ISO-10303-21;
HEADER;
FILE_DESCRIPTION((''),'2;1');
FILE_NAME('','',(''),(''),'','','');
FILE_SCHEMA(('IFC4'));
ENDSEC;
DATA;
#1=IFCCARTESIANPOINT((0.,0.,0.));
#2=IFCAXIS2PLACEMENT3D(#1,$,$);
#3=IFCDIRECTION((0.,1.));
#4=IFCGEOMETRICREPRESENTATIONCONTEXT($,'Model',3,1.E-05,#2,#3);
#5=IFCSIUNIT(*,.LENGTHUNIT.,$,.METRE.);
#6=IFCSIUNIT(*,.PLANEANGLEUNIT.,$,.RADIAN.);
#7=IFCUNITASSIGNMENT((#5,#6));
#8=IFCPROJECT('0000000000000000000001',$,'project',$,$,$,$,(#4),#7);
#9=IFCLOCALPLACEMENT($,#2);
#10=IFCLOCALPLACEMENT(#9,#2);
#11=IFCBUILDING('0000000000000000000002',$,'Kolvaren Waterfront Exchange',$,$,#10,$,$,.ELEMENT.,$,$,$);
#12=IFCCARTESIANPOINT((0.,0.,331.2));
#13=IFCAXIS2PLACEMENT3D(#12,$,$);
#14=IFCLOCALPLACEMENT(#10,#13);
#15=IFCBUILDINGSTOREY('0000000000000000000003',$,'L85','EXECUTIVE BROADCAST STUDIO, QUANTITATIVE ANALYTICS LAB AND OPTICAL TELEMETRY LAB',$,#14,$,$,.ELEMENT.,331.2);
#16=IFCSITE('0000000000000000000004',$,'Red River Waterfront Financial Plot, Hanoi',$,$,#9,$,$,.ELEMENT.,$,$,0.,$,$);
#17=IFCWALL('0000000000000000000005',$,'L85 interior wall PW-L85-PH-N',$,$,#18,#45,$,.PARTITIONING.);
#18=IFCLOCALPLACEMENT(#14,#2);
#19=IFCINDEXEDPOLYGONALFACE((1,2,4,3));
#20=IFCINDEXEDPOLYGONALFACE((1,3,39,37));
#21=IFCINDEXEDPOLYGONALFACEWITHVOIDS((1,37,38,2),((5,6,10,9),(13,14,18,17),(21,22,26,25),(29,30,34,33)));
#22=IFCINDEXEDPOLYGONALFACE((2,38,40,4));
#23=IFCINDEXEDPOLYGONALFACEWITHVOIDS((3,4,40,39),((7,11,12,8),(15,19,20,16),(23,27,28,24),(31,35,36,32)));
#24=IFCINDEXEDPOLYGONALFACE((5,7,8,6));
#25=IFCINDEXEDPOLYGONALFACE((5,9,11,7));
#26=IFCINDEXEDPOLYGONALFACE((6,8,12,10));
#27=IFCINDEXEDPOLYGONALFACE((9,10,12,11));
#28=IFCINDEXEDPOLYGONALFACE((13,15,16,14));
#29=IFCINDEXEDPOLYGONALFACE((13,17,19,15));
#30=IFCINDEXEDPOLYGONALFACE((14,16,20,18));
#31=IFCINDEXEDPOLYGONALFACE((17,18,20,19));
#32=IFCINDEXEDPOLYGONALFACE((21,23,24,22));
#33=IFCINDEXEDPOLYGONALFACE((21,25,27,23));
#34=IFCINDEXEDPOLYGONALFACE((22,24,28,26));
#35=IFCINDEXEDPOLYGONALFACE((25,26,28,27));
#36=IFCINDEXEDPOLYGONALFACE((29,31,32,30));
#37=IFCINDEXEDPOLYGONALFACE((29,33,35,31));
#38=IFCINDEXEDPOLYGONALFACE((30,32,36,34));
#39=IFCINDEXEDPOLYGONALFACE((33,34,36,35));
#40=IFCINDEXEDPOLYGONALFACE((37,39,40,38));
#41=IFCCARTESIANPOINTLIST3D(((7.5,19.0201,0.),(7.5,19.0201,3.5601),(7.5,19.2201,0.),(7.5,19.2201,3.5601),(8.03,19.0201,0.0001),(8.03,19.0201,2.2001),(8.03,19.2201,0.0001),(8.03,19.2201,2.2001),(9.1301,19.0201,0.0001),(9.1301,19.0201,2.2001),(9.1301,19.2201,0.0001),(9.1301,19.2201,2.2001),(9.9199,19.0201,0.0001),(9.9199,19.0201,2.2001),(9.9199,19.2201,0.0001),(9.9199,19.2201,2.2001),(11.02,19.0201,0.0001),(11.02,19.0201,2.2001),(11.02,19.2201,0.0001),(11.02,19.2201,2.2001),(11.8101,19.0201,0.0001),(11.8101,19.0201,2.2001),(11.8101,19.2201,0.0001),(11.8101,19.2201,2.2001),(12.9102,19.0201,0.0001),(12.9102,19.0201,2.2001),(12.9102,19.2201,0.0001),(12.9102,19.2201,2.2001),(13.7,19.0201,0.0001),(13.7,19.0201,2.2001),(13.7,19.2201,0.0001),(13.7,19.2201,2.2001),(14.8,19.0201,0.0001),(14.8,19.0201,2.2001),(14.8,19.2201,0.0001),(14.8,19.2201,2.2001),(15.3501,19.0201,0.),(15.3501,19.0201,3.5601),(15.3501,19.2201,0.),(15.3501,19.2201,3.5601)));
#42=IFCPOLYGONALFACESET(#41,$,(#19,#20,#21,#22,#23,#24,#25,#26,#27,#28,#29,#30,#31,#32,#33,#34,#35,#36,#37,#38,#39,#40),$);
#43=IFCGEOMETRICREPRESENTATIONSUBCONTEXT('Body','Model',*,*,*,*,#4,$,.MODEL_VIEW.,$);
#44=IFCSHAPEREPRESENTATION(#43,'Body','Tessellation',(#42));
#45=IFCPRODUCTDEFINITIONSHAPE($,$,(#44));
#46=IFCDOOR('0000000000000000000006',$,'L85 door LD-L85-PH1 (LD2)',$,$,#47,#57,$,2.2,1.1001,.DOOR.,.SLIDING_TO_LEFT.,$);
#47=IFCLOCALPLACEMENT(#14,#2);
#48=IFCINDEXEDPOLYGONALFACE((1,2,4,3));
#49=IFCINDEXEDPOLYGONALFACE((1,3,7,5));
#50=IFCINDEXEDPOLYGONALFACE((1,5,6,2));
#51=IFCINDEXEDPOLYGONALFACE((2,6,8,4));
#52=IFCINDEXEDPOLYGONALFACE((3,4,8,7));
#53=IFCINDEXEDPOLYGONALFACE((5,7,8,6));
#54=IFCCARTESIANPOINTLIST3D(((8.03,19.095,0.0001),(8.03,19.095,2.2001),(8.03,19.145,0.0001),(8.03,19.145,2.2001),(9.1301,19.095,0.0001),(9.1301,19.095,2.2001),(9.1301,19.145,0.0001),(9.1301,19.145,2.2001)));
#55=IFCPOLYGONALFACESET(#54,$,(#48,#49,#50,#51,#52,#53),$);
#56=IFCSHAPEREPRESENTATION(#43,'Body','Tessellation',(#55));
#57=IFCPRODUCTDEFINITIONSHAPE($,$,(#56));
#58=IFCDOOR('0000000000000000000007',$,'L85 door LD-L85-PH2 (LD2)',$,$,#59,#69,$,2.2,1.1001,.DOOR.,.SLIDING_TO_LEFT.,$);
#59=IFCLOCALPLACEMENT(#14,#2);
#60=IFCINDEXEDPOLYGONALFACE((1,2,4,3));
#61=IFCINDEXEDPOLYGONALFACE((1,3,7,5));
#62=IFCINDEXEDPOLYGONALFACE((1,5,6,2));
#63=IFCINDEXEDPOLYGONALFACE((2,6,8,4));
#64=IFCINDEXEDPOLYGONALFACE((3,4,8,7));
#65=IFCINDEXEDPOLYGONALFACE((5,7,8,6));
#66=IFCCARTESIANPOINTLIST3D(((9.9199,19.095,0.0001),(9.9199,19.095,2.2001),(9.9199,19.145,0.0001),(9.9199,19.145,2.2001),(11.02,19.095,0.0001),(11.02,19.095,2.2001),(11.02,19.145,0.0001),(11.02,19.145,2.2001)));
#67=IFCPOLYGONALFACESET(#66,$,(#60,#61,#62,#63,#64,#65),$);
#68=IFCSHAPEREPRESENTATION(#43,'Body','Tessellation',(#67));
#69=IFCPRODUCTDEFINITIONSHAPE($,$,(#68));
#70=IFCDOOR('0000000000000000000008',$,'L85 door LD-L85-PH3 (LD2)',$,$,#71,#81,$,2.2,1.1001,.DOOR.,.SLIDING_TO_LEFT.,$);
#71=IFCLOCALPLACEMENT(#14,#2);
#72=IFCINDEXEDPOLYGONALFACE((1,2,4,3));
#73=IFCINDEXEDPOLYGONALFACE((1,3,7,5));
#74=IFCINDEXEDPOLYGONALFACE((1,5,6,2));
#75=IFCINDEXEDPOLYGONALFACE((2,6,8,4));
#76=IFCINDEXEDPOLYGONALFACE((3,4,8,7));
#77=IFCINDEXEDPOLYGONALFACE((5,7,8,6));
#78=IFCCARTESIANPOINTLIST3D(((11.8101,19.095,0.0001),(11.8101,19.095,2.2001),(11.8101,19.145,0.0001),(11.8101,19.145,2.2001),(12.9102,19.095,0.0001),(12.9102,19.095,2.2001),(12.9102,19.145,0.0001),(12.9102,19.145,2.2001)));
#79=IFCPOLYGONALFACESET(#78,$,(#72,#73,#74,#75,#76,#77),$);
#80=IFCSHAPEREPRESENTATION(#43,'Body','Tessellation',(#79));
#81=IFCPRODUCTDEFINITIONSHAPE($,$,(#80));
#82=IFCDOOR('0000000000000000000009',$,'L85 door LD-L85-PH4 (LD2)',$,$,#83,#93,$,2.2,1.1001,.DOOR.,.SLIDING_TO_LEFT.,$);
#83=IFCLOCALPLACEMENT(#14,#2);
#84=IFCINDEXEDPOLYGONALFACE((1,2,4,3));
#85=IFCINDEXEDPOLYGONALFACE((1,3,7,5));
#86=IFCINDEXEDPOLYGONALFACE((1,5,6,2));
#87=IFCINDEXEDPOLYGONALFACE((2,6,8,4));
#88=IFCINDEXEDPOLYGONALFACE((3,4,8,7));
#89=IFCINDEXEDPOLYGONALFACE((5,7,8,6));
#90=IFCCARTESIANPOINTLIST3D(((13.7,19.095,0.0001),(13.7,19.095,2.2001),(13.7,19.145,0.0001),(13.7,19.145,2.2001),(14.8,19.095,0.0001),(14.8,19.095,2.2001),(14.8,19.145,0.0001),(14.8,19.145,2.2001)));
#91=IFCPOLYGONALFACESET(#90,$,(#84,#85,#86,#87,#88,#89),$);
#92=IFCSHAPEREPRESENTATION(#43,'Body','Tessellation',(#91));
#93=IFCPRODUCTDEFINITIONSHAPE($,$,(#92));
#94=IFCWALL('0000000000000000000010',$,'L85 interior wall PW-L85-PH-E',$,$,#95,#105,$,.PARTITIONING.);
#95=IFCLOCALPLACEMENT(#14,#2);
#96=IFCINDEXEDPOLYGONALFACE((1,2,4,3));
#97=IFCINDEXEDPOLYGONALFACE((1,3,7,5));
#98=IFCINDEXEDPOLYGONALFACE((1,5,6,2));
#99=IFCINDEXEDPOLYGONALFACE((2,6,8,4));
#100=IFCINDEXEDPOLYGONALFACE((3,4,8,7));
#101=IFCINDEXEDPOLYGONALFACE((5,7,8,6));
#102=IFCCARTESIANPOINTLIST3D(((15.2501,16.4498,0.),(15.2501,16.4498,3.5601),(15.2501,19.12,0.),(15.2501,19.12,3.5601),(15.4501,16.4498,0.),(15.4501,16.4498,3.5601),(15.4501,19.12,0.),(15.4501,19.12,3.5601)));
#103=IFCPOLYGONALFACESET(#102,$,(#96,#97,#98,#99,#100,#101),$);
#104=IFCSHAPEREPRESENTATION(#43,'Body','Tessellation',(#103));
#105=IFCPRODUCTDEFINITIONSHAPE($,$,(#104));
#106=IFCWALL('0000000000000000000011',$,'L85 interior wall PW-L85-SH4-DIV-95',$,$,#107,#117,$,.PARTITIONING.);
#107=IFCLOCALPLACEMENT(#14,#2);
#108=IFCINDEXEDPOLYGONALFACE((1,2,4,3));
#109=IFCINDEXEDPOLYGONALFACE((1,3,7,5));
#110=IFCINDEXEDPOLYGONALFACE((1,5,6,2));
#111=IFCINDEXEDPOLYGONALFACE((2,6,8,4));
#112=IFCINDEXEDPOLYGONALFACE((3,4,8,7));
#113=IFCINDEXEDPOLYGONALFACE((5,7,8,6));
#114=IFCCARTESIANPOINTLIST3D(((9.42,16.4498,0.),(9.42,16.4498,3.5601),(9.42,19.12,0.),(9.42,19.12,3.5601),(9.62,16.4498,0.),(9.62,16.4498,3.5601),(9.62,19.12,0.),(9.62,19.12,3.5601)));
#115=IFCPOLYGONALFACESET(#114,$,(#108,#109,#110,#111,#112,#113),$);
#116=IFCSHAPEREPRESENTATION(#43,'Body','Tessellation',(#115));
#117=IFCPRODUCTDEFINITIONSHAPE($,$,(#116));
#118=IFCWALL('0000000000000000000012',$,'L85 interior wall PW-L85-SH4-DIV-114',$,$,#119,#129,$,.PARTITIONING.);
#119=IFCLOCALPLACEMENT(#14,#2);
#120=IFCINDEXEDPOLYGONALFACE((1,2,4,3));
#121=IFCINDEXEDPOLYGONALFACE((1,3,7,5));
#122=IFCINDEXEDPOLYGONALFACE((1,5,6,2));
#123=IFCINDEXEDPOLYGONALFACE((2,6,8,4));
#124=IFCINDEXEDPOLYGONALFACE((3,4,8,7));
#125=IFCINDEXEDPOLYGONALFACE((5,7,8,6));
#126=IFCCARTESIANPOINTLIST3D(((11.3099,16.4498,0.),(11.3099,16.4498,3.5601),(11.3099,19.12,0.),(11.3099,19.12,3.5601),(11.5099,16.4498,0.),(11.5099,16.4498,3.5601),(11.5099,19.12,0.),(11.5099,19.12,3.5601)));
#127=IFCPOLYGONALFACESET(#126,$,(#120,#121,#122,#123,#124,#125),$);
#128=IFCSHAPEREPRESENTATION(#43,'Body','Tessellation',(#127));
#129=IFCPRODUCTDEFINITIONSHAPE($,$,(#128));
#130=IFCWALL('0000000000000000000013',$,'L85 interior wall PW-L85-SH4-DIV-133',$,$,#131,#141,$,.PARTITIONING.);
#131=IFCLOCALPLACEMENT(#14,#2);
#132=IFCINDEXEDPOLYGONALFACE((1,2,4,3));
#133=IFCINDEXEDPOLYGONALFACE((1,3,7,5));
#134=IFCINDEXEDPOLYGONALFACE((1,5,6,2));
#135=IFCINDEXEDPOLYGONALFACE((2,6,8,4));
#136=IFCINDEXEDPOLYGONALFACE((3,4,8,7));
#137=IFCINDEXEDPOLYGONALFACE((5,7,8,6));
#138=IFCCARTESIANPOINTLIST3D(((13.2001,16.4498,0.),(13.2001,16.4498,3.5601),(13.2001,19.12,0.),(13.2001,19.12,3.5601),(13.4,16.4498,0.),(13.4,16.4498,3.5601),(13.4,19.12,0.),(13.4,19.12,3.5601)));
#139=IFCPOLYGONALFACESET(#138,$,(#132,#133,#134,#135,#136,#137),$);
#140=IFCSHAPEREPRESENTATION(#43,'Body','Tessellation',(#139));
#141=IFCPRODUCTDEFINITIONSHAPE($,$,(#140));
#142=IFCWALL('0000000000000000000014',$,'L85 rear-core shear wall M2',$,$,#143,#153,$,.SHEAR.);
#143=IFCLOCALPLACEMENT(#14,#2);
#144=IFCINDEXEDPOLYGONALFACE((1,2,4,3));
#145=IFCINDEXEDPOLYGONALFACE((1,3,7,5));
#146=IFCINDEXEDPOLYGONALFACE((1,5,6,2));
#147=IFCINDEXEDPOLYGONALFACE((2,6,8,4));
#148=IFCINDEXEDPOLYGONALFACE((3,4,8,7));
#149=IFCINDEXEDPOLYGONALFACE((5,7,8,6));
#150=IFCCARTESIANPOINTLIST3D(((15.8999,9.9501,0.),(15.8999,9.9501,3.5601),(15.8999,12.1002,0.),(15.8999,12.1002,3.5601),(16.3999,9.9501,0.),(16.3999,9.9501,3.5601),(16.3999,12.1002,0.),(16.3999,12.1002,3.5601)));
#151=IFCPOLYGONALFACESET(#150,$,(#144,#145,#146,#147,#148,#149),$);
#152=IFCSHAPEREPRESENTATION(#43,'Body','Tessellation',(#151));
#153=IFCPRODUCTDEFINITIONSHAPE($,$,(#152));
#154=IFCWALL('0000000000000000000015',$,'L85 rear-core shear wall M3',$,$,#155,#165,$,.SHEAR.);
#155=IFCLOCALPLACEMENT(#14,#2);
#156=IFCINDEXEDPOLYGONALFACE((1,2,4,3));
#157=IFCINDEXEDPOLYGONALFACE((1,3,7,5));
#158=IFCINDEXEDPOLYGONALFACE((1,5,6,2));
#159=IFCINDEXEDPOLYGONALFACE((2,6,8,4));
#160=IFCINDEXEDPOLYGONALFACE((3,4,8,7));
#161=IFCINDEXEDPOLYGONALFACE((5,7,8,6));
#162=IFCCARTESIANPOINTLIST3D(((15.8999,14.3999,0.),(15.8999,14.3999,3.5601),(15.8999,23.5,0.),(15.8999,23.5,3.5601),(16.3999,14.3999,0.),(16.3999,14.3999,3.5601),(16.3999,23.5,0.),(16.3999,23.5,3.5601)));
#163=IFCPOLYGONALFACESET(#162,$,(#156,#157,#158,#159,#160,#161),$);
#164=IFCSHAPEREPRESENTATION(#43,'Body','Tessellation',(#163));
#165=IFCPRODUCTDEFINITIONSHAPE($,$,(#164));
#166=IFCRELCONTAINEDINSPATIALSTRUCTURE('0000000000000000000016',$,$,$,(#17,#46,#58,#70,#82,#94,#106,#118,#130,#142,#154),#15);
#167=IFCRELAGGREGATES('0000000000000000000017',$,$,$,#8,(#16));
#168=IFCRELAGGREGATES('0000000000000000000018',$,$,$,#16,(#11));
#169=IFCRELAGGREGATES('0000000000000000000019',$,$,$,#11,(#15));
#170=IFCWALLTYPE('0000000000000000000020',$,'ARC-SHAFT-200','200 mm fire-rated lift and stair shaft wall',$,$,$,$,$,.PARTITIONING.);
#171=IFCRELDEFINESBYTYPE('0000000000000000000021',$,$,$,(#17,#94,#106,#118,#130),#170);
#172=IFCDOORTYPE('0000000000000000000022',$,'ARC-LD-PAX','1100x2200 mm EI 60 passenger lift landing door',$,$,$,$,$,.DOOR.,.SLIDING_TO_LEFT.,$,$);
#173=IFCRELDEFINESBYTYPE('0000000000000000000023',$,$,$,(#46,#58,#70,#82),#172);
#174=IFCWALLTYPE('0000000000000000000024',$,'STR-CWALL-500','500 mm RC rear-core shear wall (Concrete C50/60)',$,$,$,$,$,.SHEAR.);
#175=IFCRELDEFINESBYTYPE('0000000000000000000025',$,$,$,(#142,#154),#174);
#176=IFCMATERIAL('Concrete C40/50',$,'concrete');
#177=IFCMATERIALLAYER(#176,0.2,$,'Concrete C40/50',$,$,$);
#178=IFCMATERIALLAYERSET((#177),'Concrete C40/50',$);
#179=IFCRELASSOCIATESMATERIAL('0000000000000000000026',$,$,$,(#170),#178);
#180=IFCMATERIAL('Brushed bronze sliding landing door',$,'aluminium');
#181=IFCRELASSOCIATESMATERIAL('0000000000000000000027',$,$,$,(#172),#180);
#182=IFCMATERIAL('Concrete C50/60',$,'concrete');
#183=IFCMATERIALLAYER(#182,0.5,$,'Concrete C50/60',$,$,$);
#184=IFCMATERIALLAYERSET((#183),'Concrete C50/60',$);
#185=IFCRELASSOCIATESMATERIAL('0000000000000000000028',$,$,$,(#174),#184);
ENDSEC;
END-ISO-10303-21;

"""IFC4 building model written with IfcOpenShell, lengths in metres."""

from ifc_helpers import new_model, si_unit, direction, frame, frame_2d, origin, place, context, subcontext, project, spatial, rectangle, extrude, material, layer, layer_set, type_object, element, fill, save


model = new_model("IFC4")

# Units and contexts
model_context = context("Model", 3, precision=1e-05, world=origin(), true_north=direction((0.0, 1.0)))
body_context = subcontext(model_context, "Body", "Model", "MODEL_VIEW")
ifc_project = project(units=[si_unit("LENGTHUNIT", "METRE"), si_unit("PLANEANGLEUNIT", "RADIAN")], contexts=[model_context])

# Site, building, storey
site_placement = place(None, origin())
site = spatial("IfcSite", under=ifc_project, at=site_placement, Name="Red River Waterfront Financial Plot, Hanoi", CompositionType="ELEMENT", RefElevation=0.0)
building_placement = place(site_placement, origin())
building = spatial("IfcBuilding", under=site, at=building_placement, Name="Kolvaren Waterfront Exchange", CompositionType="ELEMENT")
storey_placement = place(building_placement, frame((0.0, 0.0, 331.2)))
storey = spatial("IfcBuildingStorey", under=building, at=storey_placement, Name="L85", Description="EXECUTIVE BROADCAST STUDIO, QUANTITATIVE ANALYTICS LAB AND OPTICAL TELEMETRY LAB", CompositionType="ELEMENT", Elevation=331.2)

# Shared definitions
ifc_material_1 = material(Name="Concrete C40/50", Category="concrete")
ifc_layer_1 = layer(ifc_material_1, 0.2, Name="Concrete C40/50")
ifc_layer_set_1 = layer_set([ifc_layer_1], Name="Concrete C40/50")
wall_type_1 = type_object("IfcWallType", Name="ARC-SHAFT-200", Description="200 mm fire-rated lift and stair shaft wall", PredefinedType="PARTITIONING", material=ifc_layer_set_1)

# Wall, openings, doors
wall_1_placement = place(storey_placement, frame((7.5, 19.1201, 0.0), z_axis=(0.0, 0.0, 1.0), x_axis=(1.0, 0.0, 0.0)))
wall_1 = element("IfcWall", 1, at=wall_1_placement, inside=storey, type_object=wall_type_1, Name="L85 interior wall PW-L85-PH-N", PredefinedType="PARTITIONING", context=body_context, shape_type="SweptSolid", body=[
    extrude(rectangle(XDim=7.8501, YDim=0.2, at=frame_2d((3.925, 0.0))), origin(), (0.0, 0.0, 1.0), 3.5601),
])
opening_1_placement = place(wall_1_placement, frame((0.53, 0.0, 0.0)))
opening_1 = element("IfcOpeningElement", 2, at=opening_1_placement, cuts=wall_1, PredefinedType="OPENING", context=body_context, shape_type="SweptSolid", body=[
    extrude(rectangle(XDim=1.1001, YDim=2.2, at=frame_2d((0.55, 1.1001))), frame((0.0, 0.1099, 0.0), z_axis=(0.0, -1.0, 0.0), x_axis=(1.0, 0.0, 0.0)), (0.0, 0.0, 1.0), 0.22),
])
opening_2_placement = place(wall_1_placement, frame((2.4199, 0.0, 0.0)))
opening_2 = element("IfcOpeningElement", 3, at=opening_2_placement, cuts=wall_1, PredefinedType="OPENING", context=body_context, shape_type="SweptSolid", body=[
    extrude(rectangle(XDim=1.1001, YDim=2.2, at=frame_2d((0.55, 1.1001))), frame((0.0, 0.1099, 0.0), z_axis=(0.0, -1.0, 0.0), x_axis=(1.0, 0.0, 0.0)), (0.0, 0.0, 1.0), 0.22),
])
opening_3_placement = place(wall_1_placement, frame((4.3101, 0.0, 0.0)))
opening_3 = element("IfcOpeningElement", 4, at=opening_3_placement, cuts=wall_1, PredefinedType="OPENING", context=body_context, shape_type="SweptSolid", body=[
    extrude(rectangle(XDim=1.1001, YDim=2.2, at=frame_2d((0.55, 1.1001))), frame((0.0, 0.1099, 0.0), z_axis=(0.0, -1.0, 0.0), x_axis=(1.0, 0.0, 0.0)), (0.0, 0.0, 1.0), 0.22),
])
opening_4_placement = place(wall_1_placement, frame((6.2, 0.0, 0.0)))
opening_4 = element("IfcOpeningElement", 5, at=opening_4_placement, cuts=wall_1, PredefinedType="OPENING", context=body_context, shape_type="SweptSolid", body=[
    extrude(rectangle(XDim=1.1001, YDim=2.2, at=frame_2d((0.55, 1.1001))), frame((0.0, 0.1099, 0.0), z_axis=(0.0, -1.0, 0.0), x_axis=(1.0, 0.0, 0.0)), (0.0, 0.0, 1.0), 0.22),
])
ifc_material_2 = material(Name="Brushed bronze sliding landing door", Category="aluminium")
door_type_1 = type_object("IfcDoorType", Name="ARC-LD-PAX", Description="1100x2200 mm EI 60 passenger lift landing door", OperationType="SLIDING_TO_LEFT", PredefinedType="DOOR", material=ifc_material_2)
door_1_placement = place(opening_1_placement, origin())
door_1 = element("IfcDoor", 6, at=door_1_placement, inside=storey, type_object=door_type_1, Name="L85 door LD-L85-PH1 (LD2)", OperationType="SLIDING_TO_LEFT", OverallHeight=2.2, OverallWidth=1.1001, PredefinedType="DOOR", context=body_context, shape_type="SweptSolid", body=[
    extrude(rectangle(XDim=1.1001, YDim=2.2, at=frame_2d((0.55, 1.1001))), frame((0.0, 0.0249, 0.0), z_axis=(0.0, -1.0, 0.0), x_axis=(1.0, 0.0, 0.0)), (0.0, 0.0, 1.0), 0.05),
])
fill(opening_1, door_1)
door_2_placement = place(opening_2_placement, origin())
door_2 = element("IfcDoor", 7, at=door_2_placement, inside=storey, type_object=door_type_1, Name="L85 door LD-L85-PH2 (LD2)", OperationType="SLIDING_TO_LEFT", OverallHeight=2.2, OverallWidth=1.1001, PredefinedType="DOOR", context=body_context, shape_type="SweptSolid", body=[
    extrude(rectangle(XDim=1.1001, YDim=2.2, at=frame_2d((0.55, 1.1001))), frame((0.0, 0.0249, 0.0), z_axis=(0.0, -1.0, 0.0), x_axis=(1.0, 0.0, 0.0)), (0.0, 0.0, 1.0), 0.05),
])
fill(opening_2, door_2)
door_3_placement = place(opening_3_placement, origin())
door_3 = element("IfcDoor", 8, at=door_3_placement, inside=storey, type_object=door_type_1, Name="L85 door LD-L85-PH3 (LD2)", OperationType="SLIDING_TO_LEFT", OverallHeight=2.2, OverallWidth=1.1001, PredefinedType="DOOR", context=body_context, shape_type="SweptSolid", body=[
    extrude(rectangle(XDim=1.1001, YDim=2.2, at=frame_2d((0.55, 1.1001))), frame((0.0, 0.0249, 0.0), z_axis=(0.0, -1.0, 0.0), x_axis=(1.0, 0.0, 0.0)), (0.0, 0.0, 1.0), 0.05),
])
fill(opening_3, door_3)
door_4_placement = place(opening_4_placement, origin())
door_4 = element("IfcDoor", 9, at=door_4_placement, inside=storey, type_object=door_type_1, Name="L85 door LD-L85-PH4 (LD2)", OperationType="SLIDING_TO_LEFT", OverallHeight=2.2, OverallWidth=1.1001, PredefinedType="DOOR", context=body_context, shape_type="SweptSolid", body=[
    extrude(rectangle(XDim=1.1001, YDim=2.2, at=frame_2d((0.55, 1.1001))), frame((0.0, 0.0249, 0.0), z_axis=(0.0, -1.0, 0.0), x_axis=(1.0, 0.0, 0.0)), (0.0, 0.0, 1.0), 0.05),
])
fill(opening_4, door_4)

# Walls
for number, where, z_axis, x_axis, name in (
    (10, (15.3501, 16.45, 0.0), (0.0, 0.0, 1.0), (0.0, 1.0, 0.0), "L85 interior wall PW-L85-PH-E"),
    (11, (9.52, 16.45, 0.0), (0.0, 0.0, 1.0), (0.0, 1.0, 0.0), "L85 interior wall PW-L85-SH4-DIV-95"),
    (12, (11.4099, 16.45, 0.0), (0.0, 0.0, 1.0), (0.0, 1.0, 0.0), "L85 interior wall PW-L85-SH4-DIV-114"),
    (13, (13.3, 16.45, 0.0), (0.0, 0.0, 1.0), (0.0, 1.0, 0.0), "L85 interior wall PW-L85-SH4-DIV-133"),
):
    element("IfcWall", number, at=place(storey_placement, frame(where, z_axis=z_axis, x_axis=x_axis)), inside=storey, type_object=wall_type_1, Name=name, PredefinedType="PARTITIONING", context=body_context, shape_type="SweptSolid", body=[
        extrude(rectangle(XDim=2.6702, YDim=0.2, at=frame_2d((1.335, 0.0))), origin(), (0.0, 0.0, 1.0), 3.5601),
    ])
ifc_material_3 = material(Name="Concrete C50/60", Category="concrete")
ifc_layer_2 = layer(ifc_material_3, 0.5, Name="Concrete C50/60")
ifc_layer_set_2 = layer_set([ifc_layer_2], Name="Concrete C50/60")
wall_type_2 = type_object("IfcWallType", Name="STR-CWALL-500", Description="500 mm RC rear-core shear wall (Concrete C50/60)", PredefinedType="SHEAR", material=ifc_layer_set_2)
wall_2_placement = place(storey_placement, frame((16.1499, 9.95, 0.0), z_axis=(0.0, 0.0, 1.0), x_axis=(0.0, 1.0, 0.0)))
element("IfcWall", 14, at=wall_2_placement, inside=storey, type_object=wall_type_2, Name="L85 rear-core shear wall M2", PredefinedType="SHEAR", context=body_context, shape_type="SweptSolid", body=[
    extrude(rectangle(XDim=2.1501, YDim=0.5, at=frame_2d((1.0752, 0.0))), origin(), (0.0, 0.0, 1.0), 3.5601),
])
wall_3_placement = place(storey_placement, frame((16.1499, 14.3999, 0.0), z_axis=(0.0, 0.0, 1.0), x_axis=(0.0, 1.0, 0.0)))
element("IfcWall", 15, at=wall_3_placement, inside=storey, type_object=wall_type_2, Name="L85 rear-core shear wall M3", PredefinedType="SHEAR", context=body_context, shape_type="SweptSolid", body=[
    extrude(rectangle(XDim=9.1001, YDim=0.5, at=frame_2d((4.55, 0.0))), origin(), (0.0, 0.0, 1.0), 3.5601),
])

save(model, "model.ifc")
